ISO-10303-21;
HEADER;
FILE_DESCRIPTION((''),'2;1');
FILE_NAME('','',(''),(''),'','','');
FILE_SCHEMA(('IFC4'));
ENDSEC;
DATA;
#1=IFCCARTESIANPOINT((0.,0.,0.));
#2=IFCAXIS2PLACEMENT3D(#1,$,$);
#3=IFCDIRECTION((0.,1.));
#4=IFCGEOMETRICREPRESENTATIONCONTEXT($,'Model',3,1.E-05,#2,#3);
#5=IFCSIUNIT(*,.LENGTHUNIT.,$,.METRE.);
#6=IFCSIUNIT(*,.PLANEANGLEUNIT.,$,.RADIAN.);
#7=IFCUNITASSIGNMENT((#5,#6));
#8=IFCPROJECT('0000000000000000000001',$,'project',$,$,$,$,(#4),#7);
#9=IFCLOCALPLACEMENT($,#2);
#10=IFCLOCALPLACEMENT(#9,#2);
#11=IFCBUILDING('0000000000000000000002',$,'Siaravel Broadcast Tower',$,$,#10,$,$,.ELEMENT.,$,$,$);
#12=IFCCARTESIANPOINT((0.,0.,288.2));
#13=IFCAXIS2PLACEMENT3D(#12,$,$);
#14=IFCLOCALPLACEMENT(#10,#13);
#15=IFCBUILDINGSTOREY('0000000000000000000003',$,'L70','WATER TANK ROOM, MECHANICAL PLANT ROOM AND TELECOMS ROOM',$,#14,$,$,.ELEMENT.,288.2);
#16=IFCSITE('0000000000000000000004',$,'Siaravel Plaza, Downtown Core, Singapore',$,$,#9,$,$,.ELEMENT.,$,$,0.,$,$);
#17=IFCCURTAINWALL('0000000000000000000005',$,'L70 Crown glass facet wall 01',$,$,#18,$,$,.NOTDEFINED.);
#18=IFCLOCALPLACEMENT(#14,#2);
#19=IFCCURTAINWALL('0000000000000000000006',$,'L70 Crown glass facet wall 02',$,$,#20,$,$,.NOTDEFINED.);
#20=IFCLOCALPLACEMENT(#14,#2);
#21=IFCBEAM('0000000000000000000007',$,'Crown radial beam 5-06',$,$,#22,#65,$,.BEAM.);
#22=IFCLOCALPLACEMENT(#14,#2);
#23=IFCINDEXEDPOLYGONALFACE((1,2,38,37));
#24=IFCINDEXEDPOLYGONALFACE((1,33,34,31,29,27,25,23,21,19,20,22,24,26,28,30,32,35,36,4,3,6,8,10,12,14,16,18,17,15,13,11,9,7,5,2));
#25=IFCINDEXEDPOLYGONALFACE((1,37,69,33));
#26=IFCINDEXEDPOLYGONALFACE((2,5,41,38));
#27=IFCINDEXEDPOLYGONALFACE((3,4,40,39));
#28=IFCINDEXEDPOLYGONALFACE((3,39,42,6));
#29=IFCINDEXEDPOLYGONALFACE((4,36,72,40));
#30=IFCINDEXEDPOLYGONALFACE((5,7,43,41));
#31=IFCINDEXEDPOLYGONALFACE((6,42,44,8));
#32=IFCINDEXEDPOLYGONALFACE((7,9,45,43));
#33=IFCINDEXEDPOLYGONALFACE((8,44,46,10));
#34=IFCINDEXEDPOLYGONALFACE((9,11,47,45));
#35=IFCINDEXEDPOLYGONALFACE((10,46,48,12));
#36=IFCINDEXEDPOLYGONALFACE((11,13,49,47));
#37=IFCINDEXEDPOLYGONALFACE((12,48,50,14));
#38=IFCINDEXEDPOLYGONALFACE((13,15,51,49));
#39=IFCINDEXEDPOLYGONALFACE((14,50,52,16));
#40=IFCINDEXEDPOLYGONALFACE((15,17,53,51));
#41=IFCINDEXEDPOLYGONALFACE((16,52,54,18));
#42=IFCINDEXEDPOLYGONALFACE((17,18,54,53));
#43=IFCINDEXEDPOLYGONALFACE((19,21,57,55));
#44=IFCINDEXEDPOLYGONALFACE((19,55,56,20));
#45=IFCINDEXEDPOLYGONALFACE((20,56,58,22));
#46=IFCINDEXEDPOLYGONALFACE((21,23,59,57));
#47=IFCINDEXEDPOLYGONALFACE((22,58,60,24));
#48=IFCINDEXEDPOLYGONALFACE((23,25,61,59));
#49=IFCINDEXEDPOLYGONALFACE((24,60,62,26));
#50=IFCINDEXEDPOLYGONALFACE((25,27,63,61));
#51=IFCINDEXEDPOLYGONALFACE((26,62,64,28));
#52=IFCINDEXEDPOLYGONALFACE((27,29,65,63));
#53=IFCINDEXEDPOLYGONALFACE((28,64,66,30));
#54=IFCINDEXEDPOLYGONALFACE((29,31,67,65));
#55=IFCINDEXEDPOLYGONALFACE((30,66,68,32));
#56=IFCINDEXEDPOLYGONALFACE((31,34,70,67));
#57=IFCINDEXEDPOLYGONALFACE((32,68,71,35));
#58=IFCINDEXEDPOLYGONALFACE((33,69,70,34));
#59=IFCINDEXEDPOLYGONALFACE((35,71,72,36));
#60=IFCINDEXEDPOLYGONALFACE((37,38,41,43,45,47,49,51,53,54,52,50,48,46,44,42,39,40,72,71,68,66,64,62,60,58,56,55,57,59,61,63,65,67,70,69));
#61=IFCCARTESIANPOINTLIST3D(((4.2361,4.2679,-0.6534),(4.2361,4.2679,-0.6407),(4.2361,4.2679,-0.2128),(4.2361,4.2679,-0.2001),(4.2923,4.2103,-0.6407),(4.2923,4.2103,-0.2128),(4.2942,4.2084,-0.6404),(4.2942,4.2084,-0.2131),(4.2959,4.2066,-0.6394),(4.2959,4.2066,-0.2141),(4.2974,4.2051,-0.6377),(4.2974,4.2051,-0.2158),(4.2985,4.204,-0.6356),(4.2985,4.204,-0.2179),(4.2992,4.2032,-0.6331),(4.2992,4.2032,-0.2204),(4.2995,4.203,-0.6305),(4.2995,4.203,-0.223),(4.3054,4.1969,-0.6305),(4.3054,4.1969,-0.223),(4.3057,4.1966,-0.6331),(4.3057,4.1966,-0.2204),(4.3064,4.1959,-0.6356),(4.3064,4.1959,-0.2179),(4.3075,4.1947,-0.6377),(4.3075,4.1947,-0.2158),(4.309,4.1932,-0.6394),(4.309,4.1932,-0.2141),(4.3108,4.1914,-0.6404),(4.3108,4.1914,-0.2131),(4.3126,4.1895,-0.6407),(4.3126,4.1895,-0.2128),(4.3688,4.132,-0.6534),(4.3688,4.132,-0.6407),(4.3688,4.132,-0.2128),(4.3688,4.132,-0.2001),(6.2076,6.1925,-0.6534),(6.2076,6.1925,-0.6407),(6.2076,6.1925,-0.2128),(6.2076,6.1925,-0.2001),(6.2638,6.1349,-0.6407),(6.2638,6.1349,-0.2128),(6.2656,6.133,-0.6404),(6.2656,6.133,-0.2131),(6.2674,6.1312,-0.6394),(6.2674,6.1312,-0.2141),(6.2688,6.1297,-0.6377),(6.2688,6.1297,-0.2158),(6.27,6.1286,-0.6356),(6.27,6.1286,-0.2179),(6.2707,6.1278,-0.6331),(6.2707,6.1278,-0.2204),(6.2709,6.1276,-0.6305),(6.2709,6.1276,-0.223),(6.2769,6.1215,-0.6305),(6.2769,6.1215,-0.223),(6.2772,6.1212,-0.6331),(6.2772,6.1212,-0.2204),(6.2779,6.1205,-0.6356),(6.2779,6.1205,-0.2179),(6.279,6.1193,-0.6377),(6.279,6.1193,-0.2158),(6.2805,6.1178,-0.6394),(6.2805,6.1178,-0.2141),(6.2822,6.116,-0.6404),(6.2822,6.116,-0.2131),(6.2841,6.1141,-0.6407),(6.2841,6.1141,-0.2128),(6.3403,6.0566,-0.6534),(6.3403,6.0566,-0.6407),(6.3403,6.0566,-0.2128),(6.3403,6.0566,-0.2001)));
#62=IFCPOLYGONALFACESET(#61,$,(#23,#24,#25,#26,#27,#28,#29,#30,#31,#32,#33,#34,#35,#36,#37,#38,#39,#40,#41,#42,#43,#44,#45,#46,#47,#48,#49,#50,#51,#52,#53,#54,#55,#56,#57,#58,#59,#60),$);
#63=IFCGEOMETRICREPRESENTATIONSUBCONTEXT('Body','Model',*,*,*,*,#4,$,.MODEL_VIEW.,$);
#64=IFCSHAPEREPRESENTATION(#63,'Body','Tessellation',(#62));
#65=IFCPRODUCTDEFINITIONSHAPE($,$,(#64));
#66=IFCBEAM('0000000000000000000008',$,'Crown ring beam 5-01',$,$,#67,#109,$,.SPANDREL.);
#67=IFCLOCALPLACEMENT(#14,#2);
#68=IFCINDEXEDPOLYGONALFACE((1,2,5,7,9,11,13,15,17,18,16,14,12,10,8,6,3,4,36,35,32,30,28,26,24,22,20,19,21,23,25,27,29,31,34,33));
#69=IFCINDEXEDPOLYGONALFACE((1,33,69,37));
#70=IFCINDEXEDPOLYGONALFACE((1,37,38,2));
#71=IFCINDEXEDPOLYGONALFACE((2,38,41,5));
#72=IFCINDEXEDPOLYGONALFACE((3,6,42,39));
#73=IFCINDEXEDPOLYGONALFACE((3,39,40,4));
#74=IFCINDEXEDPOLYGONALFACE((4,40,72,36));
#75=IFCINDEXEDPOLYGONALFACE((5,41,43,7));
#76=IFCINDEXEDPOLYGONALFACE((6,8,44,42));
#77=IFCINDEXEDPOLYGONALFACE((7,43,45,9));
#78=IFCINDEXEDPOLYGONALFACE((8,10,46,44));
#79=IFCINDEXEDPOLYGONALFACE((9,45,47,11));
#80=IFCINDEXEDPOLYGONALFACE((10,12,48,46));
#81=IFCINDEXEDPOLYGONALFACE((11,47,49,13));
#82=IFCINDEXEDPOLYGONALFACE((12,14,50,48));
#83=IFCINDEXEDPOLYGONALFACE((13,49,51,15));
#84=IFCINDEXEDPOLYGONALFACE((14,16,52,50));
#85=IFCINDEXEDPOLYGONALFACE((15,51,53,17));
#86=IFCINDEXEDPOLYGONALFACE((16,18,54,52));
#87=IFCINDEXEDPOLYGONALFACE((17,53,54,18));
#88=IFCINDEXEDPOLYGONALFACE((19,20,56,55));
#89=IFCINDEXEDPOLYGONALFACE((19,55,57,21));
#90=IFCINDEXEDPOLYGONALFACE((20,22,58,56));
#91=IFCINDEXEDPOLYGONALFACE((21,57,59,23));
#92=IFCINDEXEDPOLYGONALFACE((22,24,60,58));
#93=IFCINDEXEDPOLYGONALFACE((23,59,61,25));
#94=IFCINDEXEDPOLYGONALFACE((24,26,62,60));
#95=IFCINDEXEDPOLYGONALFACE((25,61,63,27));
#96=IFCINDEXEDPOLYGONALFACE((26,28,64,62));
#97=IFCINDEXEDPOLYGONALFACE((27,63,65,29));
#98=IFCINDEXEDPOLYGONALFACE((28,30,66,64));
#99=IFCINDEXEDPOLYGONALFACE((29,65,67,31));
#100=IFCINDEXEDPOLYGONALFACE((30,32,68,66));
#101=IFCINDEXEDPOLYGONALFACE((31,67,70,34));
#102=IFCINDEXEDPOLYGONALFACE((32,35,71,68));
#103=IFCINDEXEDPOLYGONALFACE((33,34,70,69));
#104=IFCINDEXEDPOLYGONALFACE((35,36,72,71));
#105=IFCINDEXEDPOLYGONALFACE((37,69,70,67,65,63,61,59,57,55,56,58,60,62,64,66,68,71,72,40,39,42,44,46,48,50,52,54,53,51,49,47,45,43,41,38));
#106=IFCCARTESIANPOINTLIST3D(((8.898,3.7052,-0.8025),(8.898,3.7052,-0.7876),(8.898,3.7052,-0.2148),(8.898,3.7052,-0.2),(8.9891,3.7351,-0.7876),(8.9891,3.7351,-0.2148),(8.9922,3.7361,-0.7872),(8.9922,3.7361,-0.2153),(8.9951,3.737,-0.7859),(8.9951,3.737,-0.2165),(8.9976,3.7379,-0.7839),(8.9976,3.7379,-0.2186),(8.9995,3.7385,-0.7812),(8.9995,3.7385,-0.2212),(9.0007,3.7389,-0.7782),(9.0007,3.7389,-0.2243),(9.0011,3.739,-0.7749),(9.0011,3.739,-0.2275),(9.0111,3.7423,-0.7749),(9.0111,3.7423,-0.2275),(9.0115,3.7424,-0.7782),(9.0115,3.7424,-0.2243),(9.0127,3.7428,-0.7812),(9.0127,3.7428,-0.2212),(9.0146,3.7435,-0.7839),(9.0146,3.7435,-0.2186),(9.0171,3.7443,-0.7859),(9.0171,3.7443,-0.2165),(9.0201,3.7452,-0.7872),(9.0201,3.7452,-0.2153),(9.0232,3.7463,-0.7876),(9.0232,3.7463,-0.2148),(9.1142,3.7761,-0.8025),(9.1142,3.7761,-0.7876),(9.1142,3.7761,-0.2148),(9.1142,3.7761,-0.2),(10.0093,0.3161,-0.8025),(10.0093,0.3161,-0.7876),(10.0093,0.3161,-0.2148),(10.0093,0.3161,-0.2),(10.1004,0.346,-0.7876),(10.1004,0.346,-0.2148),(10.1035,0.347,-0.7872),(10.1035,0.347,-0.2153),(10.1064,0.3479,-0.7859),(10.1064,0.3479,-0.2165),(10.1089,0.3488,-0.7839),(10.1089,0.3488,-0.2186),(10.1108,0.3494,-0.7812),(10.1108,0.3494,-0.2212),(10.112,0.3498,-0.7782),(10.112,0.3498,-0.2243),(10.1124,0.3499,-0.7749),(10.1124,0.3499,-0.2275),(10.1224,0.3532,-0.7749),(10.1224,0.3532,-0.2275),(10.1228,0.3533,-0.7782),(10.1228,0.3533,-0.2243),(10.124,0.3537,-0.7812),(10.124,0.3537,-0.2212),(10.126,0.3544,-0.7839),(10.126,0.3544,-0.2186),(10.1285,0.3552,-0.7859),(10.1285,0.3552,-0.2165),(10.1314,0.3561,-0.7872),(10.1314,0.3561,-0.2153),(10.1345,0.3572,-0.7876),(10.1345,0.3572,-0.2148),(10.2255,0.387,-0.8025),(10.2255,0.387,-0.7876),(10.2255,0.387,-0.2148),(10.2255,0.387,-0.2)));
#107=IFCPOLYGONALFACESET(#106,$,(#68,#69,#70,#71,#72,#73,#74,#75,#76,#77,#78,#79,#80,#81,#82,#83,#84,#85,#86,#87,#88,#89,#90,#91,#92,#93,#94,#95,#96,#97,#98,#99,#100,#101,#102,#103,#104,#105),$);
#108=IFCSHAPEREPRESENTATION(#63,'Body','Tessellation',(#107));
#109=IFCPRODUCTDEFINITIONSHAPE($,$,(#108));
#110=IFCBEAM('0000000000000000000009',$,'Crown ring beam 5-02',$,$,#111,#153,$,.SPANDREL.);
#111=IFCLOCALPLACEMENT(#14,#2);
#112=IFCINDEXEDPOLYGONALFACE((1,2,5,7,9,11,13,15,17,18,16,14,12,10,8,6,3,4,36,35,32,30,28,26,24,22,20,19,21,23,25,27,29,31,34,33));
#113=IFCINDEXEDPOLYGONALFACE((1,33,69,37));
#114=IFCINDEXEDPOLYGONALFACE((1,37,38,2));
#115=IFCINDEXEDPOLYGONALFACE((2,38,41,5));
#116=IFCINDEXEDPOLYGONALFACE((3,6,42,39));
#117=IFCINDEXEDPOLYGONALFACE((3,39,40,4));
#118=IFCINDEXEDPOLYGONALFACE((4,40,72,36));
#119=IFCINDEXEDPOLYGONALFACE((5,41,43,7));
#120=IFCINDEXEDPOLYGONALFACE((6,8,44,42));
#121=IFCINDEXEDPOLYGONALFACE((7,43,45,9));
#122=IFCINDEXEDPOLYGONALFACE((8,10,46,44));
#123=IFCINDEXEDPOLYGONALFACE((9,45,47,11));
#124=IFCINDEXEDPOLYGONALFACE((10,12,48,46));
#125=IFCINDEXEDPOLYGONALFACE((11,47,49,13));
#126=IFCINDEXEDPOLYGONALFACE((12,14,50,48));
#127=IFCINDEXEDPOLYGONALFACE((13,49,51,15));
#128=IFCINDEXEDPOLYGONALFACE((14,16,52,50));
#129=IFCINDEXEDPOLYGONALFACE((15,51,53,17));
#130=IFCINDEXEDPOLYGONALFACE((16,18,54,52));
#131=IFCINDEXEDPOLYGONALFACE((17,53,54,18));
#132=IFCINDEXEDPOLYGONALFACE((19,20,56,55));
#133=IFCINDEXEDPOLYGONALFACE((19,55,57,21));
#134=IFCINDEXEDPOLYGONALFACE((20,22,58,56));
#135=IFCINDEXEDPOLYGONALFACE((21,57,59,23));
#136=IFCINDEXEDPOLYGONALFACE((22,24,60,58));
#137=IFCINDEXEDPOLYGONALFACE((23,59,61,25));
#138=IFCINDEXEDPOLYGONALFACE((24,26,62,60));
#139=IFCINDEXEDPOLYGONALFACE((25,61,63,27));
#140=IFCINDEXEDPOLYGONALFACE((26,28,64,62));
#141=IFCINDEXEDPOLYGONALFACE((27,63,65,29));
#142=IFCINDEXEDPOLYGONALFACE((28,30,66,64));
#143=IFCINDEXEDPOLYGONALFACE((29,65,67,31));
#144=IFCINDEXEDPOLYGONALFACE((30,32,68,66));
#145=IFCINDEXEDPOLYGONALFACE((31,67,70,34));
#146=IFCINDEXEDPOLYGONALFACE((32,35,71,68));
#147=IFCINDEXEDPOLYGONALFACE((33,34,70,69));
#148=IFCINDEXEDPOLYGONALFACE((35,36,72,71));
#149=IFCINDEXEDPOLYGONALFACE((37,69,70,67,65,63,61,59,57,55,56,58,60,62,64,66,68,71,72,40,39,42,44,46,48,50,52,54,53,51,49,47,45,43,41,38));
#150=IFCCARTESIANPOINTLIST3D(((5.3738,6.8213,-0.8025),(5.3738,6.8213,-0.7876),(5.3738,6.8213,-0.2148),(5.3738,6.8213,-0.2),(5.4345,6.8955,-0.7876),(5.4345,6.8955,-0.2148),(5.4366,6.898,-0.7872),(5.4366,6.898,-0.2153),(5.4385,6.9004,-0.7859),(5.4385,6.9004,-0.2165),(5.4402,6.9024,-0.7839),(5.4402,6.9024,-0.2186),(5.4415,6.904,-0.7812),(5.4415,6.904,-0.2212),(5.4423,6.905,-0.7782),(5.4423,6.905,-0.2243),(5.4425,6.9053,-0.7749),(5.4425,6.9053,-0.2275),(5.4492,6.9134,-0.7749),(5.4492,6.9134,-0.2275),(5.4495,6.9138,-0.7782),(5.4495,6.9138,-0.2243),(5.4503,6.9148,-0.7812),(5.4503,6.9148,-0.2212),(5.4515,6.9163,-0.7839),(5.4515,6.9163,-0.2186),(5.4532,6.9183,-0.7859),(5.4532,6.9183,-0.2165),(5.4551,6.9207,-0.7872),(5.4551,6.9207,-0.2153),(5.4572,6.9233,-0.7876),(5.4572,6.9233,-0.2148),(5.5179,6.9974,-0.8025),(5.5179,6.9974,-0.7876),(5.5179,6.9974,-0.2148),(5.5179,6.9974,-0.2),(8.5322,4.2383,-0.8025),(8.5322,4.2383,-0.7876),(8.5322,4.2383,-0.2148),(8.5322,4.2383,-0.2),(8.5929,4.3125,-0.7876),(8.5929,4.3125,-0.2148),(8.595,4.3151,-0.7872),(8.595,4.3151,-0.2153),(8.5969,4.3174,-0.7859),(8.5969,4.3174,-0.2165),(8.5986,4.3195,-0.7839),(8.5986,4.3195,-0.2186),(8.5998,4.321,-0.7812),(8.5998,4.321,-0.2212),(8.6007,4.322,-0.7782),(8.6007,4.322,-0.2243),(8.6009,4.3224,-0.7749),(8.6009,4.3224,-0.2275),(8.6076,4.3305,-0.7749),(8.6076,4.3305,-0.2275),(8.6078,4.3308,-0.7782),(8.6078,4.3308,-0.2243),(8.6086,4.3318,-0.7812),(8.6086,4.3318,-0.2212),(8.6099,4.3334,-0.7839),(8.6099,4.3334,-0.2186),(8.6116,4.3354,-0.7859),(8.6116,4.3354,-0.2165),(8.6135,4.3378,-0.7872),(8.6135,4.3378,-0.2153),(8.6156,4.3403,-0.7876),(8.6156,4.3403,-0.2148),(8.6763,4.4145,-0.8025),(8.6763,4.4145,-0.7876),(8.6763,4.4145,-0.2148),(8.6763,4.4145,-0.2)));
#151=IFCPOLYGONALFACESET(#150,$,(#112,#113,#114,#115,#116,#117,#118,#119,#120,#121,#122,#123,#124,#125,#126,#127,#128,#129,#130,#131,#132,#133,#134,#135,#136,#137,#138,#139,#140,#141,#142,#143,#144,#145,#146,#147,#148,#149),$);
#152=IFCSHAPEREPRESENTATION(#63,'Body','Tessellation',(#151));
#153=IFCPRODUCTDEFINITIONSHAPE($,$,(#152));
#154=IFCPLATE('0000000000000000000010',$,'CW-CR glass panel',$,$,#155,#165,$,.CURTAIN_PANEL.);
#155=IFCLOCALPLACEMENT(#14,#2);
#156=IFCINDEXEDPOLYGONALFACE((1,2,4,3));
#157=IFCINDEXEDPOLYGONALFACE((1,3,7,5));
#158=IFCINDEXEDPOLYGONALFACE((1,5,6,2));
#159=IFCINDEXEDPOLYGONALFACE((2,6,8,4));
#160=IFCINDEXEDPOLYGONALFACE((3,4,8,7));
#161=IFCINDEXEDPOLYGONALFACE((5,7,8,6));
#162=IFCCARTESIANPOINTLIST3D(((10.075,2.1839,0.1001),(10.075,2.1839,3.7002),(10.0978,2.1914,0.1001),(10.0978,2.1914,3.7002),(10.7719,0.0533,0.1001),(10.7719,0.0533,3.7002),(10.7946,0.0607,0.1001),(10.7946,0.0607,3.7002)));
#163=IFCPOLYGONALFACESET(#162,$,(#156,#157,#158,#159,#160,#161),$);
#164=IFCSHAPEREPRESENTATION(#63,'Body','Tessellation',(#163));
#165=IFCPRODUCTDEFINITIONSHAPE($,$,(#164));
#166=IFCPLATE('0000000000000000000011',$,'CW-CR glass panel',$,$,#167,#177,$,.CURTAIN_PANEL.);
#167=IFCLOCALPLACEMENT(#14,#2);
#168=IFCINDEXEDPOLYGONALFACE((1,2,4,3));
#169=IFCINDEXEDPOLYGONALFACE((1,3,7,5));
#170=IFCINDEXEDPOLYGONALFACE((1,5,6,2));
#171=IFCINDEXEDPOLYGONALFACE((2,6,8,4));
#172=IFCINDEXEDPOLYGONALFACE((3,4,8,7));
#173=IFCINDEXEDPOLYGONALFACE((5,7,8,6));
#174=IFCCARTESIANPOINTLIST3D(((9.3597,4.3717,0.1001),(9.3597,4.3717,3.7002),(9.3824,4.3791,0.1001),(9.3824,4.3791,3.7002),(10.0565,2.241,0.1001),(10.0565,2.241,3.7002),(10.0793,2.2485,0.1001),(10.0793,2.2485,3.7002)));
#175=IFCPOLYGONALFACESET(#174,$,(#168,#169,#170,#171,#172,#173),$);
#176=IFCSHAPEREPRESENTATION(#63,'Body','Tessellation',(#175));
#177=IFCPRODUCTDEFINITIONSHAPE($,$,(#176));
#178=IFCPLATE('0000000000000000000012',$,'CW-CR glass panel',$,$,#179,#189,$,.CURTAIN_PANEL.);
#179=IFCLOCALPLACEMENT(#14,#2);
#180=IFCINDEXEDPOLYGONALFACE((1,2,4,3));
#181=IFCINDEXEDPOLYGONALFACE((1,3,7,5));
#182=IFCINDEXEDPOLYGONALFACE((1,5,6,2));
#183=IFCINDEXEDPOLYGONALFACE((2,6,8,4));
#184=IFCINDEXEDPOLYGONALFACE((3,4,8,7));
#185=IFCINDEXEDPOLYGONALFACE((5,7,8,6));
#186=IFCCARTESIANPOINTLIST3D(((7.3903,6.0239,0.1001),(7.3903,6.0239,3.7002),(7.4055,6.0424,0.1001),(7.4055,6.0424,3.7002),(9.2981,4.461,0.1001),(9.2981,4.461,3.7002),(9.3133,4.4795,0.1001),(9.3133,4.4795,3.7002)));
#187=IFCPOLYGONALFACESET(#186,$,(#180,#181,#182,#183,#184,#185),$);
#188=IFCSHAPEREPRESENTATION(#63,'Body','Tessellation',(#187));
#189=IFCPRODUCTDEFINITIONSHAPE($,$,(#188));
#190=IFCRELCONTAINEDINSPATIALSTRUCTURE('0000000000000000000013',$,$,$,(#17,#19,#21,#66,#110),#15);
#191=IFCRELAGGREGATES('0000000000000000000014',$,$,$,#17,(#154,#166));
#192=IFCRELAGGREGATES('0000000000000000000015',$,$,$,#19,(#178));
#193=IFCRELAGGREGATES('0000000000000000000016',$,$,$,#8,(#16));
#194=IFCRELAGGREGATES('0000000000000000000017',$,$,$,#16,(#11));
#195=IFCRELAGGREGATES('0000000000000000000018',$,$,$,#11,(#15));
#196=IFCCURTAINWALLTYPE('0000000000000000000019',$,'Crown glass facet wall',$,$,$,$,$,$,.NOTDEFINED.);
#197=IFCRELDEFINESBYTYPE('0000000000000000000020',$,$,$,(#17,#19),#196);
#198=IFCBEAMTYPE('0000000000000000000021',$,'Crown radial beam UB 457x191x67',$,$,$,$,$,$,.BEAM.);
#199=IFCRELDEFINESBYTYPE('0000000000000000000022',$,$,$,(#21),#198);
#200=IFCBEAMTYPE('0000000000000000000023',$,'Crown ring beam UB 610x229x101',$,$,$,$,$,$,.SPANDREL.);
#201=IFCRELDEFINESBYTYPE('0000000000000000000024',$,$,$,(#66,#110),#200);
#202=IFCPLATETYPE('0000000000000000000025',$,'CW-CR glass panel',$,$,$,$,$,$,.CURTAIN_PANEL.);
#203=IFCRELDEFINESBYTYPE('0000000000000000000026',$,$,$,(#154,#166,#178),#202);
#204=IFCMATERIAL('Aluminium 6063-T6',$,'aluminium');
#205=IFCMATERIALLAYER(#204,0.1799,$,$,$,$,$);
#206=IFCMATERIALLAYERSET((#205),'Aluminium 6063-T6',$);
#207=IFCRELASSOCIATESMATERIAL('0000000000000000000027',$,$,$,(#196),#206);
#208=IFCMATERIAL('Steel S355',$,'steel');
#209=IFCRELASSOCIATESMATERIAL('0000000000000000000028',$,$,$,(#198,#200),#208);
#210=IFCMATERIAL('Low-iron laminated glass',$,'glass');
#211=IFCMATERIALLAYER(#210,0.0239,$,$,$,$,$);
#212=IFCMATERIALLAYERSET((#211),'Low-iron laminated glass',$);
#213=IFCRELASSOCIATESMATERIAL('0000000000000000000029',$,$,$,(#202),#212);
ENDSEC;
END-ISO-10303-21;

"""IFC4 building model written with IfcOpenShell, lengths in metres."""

from ifc_helpers import new_model, si_unit, direction, frame, origin, origin_2d, place, context, subcontext, project, spatial, rectangle, i_section, extrude, material, layer, layer_set, material_profile, profile_set, type_object, element, aggregate, save


model = new_model("IFC4")

# Units and contexts
model_context = context("Model", 3, precision=1e-05, world=origin(), true_north=direction((0.0, 1.0)))
body_context = subcontext(model_context, "Body", "Model", "MODEL_VIEW")
ifc_project = project(units=[si_unit("LENGTHUNIT", "METRE"), si_unit("PLANEANGLEUNIT", "RADIAN")], contexts=[model_context])

# Site, building, storey
site_placement = place(None, origin())
site = spatial("IfcSite", under=ifc_project, at=site_placement, Name="Siaravel Plaza, Downtown Core, Singapore", CompositionType="ELEMENT", RefElevation=0.0)
building_placement = place(site_placement, origin())
building = spatial("IfcBuilding", under=site, at=building_placement, Name="Siaravel Broadcast Tower", CompositionType="ELEMENT")
storey_placement = place(building_placement, frame((0.0, 0.0, 288.2)))
storey = spatial("IfcBuildingStorey", under=building, at=storey_placement, Name="L70", Description="WATER TANK ROOM, MECHANICAL PLANT ROOM AND TELECOMS ROOM", CompositionType="ELEMENT", Elevation=288.2)

# Curtain walls
ifc_material_1 = material(Name="Aluminium 6063-T6", Category="aluminium")
ifc_layer_1 = layer(ifc_material_1, 0.1799)
ifc_layer_set_1 = layer_set([ifc_layer_1], Name="Aluminium 6063-T6")
curtain_wall_type = type_object("IfcCurtainWallType", Name="Crown glass facet wall", PredefinedType="NOTDEFINED", material=ifc_layer_set_1)
curtain_wall_1_placement = place(storey_placement, origin())
curtain_wall_1 = element("IfcCurtainWall", 1, at=curtain_wall_1_placement, inside=storey, type_object=curtain_wall_type, Name="L70 Crown glass facet wall 01", PredefinedType="NOTDEFINED")
curtain_wall_2_placement = place(storey_placement, origin())
curtain_wall_2 = element("IfcCurtainWall", 2, at=curtain_wall_2_placement, inside=storey, type_object=curtain_wall_type, Name="L70 Crown glass facet wall 02", PredefinedType="NOTDEFINED")

# Beams
ifc_material_2 = material(Name="Steel S355", Category="steel")
ifc_material_profile_1 = material_profile(ifc_material_2, i_section(OverallWidth=0.1899, OverallDepth=0.4534, WebThickness=0.0085, FlangeThickness=0.0127, FilletRadius=0.0103, at=origin_2d()))
ifc_profile_set_1 = profile_set([ifc_material_profile_1], Name="Steel S355")
beam_type_1 = type_object("IfcBeamType", Name="Crown radial beam UB 457x191x67", PredefinedType="BEAM", material=ifc_profile_set_1)
beam_1_placement = place(storey_placement, frame((6.2739, 6.1245, -0.4268), z_axis=(-0.715563, -0.698549, 0.0), x_axis=(0.698549, -0.715563, 0.0)))
element("IfcBeam", 3, at=beam_1_placement, inside=storey, type_object=beam_type_1, Name="Crown radial beam 5-06", PredefinedType="BEAM", context=body_context, shape_type="SweptSolid", body=[
    extrude(i_section(OverallWidth=0.1899, OverallDepth=0.4534, WebThickness=0.0085, FlangeThickness=0.0127, FilletRadius=0.0103, at=origin_2d()), origin(), (0.0, 0.0, 1.0), 2.7551),
])
ifc_material_profile_2 = material_profile(ifc_material_2, i_section(OverallWidth=0.2275, OverallDepth=0.6025, WebThickness=0.0105, FlangeThickness=0.0149, FilletRadius=0.0127, at=origin_2d()))
ifc_profile_set_2 = profile_set([ifc_material_profile_2], Name="Steel S355")
beam_type_2 = type_object("IfcBeamType", Name="Crown ring beam UB 610x229x101", PredefinedType="SPANDREL", material=ifc_profile_set_2)
beam_2_placement = place(storey_placement, frame((10.1174, 0.3516, -0.5012), z_axis=(-0.311583, 0.950219, 0.0), x_axis=(-0.950219, -0.311583, 0.0)))
element("IfcBeam", 4, at=beam_2_placement, inside=storey, type_object=beam_type_2, Name="Crown ring beam 5-01", PredefinedType="SPANDREL", context=body_context, shape_type="SweptSolid", body=[
    extrude(i_section(OverallWidth=0.2275, OverallDepth=0.6025, WebThickness=0.0105, FlangeThickness=0.0149, FilletRadius=0.0127, at=origin_2d()), origin(), (0.0, 0.0, 1.0), 3.5667),
])
beam_3_placement = place(storey_placement, frame((8.6042, 4.3264, -0.5012), z_axis=(-0.774099, 0.633065, 0.0), x_axis=(-0.633065, -0.774099, 0.0)))
element("IfcBeam", 5, at=beam_3_placement, inside=storey, type_object=beam_type_2, Name="Crown ring beam 5-02", PredefinedType="SPANDREL", context=body_context, shape_type="SweptSolid", body=[
    extrude(i_section(OverallWidth=0.2275, OverallDepth=0.6025, WebThickness=0.0105, FlangeThickness=0.0149, FilletRadius=0.0127, at=origin_2d()), origin(), (0.0, 0.0, 1.0), 4.0801),
])

# Plates
ifc_material_3 = material(Name="Low-iron laminated glass", Category="glass")
ifc_layer_2 = layer(ifc_material_3, 0.0239)
ifc_layer_set_2 = layer_set([ifc_layer_2], Name="Low-iron laminated glass")
plate_type = type_object("IfcPlateType", Name="CW-CR glass panel", PredefinedType="CURTAIN_PANEL", material=ifc_layer_set_2)
plate_1_placement = place(storey_placement, frame((10.4348, 1.1223, 0.1001), z_axis=(0.0, 0.0, 1.0), x_axis=(-0.310853, 0.950458, 0.0)))
plate_1 = element("IfcPlate", 6, at=plate_1_placement, type_object=plate_type, Name="CW-CR glass panel", PredefinedType="CURTAIN_PANEL", context=body_context, shape_type="SweptSolid", body=[
    extrude(rectangle(XDim=2.2417, YDim=0.0239, at=origin_2d()), origin(), (0.0, 0.0, 1.0), 3.6001),
])
plate_2_placement = place(storey_placement, frame((9.7195, 3.3101, 0.1001), z_axis=(0.0, 0.0, 1.0), x_axis=(-0.310853, 0.950458, 0.0)))
plate_2 = element("IfcPlate", 7, at=plate_2_placement, type_object=plate_type, Name="CW-CR glass panel", PredefinedType="CURTAIN_PANEL", context=body_context, shape_type="SweptSolid", body=[
    extrude(rectangle(XDim=2.2417, YDim=0.0239, at=origin_2d()), origin(), (0.0, 0.0, 1.0), 3.6001),
])
aggregate(curtain_wall_1, [plate_1, plate_2])
plate_3_placement = place(storey_placement, frame((8.3518, 5.2517, 0.1001), z_axis=(0.0, 0.0, 1.0), x_axis=(-0.773564, 0.633718, 0.0)))
plate_3 = element("IfcPlate", 8, at=plate_3_placement, type_object=plate_type, Name="CW-CR glass panel", PredefinedType="CURTAIN_PANEL", context=body_context, shape_type="SweptSolid", body=[
    extrude(rectangle(XDim=2.4663, YDim=0.0239, at=origin_2d()), origin(), (0.0, 0.0, 1.0), 3.6001),
])
aggregate(curtain_wall_2, [plate_3])

save(model, "model.ifc")
